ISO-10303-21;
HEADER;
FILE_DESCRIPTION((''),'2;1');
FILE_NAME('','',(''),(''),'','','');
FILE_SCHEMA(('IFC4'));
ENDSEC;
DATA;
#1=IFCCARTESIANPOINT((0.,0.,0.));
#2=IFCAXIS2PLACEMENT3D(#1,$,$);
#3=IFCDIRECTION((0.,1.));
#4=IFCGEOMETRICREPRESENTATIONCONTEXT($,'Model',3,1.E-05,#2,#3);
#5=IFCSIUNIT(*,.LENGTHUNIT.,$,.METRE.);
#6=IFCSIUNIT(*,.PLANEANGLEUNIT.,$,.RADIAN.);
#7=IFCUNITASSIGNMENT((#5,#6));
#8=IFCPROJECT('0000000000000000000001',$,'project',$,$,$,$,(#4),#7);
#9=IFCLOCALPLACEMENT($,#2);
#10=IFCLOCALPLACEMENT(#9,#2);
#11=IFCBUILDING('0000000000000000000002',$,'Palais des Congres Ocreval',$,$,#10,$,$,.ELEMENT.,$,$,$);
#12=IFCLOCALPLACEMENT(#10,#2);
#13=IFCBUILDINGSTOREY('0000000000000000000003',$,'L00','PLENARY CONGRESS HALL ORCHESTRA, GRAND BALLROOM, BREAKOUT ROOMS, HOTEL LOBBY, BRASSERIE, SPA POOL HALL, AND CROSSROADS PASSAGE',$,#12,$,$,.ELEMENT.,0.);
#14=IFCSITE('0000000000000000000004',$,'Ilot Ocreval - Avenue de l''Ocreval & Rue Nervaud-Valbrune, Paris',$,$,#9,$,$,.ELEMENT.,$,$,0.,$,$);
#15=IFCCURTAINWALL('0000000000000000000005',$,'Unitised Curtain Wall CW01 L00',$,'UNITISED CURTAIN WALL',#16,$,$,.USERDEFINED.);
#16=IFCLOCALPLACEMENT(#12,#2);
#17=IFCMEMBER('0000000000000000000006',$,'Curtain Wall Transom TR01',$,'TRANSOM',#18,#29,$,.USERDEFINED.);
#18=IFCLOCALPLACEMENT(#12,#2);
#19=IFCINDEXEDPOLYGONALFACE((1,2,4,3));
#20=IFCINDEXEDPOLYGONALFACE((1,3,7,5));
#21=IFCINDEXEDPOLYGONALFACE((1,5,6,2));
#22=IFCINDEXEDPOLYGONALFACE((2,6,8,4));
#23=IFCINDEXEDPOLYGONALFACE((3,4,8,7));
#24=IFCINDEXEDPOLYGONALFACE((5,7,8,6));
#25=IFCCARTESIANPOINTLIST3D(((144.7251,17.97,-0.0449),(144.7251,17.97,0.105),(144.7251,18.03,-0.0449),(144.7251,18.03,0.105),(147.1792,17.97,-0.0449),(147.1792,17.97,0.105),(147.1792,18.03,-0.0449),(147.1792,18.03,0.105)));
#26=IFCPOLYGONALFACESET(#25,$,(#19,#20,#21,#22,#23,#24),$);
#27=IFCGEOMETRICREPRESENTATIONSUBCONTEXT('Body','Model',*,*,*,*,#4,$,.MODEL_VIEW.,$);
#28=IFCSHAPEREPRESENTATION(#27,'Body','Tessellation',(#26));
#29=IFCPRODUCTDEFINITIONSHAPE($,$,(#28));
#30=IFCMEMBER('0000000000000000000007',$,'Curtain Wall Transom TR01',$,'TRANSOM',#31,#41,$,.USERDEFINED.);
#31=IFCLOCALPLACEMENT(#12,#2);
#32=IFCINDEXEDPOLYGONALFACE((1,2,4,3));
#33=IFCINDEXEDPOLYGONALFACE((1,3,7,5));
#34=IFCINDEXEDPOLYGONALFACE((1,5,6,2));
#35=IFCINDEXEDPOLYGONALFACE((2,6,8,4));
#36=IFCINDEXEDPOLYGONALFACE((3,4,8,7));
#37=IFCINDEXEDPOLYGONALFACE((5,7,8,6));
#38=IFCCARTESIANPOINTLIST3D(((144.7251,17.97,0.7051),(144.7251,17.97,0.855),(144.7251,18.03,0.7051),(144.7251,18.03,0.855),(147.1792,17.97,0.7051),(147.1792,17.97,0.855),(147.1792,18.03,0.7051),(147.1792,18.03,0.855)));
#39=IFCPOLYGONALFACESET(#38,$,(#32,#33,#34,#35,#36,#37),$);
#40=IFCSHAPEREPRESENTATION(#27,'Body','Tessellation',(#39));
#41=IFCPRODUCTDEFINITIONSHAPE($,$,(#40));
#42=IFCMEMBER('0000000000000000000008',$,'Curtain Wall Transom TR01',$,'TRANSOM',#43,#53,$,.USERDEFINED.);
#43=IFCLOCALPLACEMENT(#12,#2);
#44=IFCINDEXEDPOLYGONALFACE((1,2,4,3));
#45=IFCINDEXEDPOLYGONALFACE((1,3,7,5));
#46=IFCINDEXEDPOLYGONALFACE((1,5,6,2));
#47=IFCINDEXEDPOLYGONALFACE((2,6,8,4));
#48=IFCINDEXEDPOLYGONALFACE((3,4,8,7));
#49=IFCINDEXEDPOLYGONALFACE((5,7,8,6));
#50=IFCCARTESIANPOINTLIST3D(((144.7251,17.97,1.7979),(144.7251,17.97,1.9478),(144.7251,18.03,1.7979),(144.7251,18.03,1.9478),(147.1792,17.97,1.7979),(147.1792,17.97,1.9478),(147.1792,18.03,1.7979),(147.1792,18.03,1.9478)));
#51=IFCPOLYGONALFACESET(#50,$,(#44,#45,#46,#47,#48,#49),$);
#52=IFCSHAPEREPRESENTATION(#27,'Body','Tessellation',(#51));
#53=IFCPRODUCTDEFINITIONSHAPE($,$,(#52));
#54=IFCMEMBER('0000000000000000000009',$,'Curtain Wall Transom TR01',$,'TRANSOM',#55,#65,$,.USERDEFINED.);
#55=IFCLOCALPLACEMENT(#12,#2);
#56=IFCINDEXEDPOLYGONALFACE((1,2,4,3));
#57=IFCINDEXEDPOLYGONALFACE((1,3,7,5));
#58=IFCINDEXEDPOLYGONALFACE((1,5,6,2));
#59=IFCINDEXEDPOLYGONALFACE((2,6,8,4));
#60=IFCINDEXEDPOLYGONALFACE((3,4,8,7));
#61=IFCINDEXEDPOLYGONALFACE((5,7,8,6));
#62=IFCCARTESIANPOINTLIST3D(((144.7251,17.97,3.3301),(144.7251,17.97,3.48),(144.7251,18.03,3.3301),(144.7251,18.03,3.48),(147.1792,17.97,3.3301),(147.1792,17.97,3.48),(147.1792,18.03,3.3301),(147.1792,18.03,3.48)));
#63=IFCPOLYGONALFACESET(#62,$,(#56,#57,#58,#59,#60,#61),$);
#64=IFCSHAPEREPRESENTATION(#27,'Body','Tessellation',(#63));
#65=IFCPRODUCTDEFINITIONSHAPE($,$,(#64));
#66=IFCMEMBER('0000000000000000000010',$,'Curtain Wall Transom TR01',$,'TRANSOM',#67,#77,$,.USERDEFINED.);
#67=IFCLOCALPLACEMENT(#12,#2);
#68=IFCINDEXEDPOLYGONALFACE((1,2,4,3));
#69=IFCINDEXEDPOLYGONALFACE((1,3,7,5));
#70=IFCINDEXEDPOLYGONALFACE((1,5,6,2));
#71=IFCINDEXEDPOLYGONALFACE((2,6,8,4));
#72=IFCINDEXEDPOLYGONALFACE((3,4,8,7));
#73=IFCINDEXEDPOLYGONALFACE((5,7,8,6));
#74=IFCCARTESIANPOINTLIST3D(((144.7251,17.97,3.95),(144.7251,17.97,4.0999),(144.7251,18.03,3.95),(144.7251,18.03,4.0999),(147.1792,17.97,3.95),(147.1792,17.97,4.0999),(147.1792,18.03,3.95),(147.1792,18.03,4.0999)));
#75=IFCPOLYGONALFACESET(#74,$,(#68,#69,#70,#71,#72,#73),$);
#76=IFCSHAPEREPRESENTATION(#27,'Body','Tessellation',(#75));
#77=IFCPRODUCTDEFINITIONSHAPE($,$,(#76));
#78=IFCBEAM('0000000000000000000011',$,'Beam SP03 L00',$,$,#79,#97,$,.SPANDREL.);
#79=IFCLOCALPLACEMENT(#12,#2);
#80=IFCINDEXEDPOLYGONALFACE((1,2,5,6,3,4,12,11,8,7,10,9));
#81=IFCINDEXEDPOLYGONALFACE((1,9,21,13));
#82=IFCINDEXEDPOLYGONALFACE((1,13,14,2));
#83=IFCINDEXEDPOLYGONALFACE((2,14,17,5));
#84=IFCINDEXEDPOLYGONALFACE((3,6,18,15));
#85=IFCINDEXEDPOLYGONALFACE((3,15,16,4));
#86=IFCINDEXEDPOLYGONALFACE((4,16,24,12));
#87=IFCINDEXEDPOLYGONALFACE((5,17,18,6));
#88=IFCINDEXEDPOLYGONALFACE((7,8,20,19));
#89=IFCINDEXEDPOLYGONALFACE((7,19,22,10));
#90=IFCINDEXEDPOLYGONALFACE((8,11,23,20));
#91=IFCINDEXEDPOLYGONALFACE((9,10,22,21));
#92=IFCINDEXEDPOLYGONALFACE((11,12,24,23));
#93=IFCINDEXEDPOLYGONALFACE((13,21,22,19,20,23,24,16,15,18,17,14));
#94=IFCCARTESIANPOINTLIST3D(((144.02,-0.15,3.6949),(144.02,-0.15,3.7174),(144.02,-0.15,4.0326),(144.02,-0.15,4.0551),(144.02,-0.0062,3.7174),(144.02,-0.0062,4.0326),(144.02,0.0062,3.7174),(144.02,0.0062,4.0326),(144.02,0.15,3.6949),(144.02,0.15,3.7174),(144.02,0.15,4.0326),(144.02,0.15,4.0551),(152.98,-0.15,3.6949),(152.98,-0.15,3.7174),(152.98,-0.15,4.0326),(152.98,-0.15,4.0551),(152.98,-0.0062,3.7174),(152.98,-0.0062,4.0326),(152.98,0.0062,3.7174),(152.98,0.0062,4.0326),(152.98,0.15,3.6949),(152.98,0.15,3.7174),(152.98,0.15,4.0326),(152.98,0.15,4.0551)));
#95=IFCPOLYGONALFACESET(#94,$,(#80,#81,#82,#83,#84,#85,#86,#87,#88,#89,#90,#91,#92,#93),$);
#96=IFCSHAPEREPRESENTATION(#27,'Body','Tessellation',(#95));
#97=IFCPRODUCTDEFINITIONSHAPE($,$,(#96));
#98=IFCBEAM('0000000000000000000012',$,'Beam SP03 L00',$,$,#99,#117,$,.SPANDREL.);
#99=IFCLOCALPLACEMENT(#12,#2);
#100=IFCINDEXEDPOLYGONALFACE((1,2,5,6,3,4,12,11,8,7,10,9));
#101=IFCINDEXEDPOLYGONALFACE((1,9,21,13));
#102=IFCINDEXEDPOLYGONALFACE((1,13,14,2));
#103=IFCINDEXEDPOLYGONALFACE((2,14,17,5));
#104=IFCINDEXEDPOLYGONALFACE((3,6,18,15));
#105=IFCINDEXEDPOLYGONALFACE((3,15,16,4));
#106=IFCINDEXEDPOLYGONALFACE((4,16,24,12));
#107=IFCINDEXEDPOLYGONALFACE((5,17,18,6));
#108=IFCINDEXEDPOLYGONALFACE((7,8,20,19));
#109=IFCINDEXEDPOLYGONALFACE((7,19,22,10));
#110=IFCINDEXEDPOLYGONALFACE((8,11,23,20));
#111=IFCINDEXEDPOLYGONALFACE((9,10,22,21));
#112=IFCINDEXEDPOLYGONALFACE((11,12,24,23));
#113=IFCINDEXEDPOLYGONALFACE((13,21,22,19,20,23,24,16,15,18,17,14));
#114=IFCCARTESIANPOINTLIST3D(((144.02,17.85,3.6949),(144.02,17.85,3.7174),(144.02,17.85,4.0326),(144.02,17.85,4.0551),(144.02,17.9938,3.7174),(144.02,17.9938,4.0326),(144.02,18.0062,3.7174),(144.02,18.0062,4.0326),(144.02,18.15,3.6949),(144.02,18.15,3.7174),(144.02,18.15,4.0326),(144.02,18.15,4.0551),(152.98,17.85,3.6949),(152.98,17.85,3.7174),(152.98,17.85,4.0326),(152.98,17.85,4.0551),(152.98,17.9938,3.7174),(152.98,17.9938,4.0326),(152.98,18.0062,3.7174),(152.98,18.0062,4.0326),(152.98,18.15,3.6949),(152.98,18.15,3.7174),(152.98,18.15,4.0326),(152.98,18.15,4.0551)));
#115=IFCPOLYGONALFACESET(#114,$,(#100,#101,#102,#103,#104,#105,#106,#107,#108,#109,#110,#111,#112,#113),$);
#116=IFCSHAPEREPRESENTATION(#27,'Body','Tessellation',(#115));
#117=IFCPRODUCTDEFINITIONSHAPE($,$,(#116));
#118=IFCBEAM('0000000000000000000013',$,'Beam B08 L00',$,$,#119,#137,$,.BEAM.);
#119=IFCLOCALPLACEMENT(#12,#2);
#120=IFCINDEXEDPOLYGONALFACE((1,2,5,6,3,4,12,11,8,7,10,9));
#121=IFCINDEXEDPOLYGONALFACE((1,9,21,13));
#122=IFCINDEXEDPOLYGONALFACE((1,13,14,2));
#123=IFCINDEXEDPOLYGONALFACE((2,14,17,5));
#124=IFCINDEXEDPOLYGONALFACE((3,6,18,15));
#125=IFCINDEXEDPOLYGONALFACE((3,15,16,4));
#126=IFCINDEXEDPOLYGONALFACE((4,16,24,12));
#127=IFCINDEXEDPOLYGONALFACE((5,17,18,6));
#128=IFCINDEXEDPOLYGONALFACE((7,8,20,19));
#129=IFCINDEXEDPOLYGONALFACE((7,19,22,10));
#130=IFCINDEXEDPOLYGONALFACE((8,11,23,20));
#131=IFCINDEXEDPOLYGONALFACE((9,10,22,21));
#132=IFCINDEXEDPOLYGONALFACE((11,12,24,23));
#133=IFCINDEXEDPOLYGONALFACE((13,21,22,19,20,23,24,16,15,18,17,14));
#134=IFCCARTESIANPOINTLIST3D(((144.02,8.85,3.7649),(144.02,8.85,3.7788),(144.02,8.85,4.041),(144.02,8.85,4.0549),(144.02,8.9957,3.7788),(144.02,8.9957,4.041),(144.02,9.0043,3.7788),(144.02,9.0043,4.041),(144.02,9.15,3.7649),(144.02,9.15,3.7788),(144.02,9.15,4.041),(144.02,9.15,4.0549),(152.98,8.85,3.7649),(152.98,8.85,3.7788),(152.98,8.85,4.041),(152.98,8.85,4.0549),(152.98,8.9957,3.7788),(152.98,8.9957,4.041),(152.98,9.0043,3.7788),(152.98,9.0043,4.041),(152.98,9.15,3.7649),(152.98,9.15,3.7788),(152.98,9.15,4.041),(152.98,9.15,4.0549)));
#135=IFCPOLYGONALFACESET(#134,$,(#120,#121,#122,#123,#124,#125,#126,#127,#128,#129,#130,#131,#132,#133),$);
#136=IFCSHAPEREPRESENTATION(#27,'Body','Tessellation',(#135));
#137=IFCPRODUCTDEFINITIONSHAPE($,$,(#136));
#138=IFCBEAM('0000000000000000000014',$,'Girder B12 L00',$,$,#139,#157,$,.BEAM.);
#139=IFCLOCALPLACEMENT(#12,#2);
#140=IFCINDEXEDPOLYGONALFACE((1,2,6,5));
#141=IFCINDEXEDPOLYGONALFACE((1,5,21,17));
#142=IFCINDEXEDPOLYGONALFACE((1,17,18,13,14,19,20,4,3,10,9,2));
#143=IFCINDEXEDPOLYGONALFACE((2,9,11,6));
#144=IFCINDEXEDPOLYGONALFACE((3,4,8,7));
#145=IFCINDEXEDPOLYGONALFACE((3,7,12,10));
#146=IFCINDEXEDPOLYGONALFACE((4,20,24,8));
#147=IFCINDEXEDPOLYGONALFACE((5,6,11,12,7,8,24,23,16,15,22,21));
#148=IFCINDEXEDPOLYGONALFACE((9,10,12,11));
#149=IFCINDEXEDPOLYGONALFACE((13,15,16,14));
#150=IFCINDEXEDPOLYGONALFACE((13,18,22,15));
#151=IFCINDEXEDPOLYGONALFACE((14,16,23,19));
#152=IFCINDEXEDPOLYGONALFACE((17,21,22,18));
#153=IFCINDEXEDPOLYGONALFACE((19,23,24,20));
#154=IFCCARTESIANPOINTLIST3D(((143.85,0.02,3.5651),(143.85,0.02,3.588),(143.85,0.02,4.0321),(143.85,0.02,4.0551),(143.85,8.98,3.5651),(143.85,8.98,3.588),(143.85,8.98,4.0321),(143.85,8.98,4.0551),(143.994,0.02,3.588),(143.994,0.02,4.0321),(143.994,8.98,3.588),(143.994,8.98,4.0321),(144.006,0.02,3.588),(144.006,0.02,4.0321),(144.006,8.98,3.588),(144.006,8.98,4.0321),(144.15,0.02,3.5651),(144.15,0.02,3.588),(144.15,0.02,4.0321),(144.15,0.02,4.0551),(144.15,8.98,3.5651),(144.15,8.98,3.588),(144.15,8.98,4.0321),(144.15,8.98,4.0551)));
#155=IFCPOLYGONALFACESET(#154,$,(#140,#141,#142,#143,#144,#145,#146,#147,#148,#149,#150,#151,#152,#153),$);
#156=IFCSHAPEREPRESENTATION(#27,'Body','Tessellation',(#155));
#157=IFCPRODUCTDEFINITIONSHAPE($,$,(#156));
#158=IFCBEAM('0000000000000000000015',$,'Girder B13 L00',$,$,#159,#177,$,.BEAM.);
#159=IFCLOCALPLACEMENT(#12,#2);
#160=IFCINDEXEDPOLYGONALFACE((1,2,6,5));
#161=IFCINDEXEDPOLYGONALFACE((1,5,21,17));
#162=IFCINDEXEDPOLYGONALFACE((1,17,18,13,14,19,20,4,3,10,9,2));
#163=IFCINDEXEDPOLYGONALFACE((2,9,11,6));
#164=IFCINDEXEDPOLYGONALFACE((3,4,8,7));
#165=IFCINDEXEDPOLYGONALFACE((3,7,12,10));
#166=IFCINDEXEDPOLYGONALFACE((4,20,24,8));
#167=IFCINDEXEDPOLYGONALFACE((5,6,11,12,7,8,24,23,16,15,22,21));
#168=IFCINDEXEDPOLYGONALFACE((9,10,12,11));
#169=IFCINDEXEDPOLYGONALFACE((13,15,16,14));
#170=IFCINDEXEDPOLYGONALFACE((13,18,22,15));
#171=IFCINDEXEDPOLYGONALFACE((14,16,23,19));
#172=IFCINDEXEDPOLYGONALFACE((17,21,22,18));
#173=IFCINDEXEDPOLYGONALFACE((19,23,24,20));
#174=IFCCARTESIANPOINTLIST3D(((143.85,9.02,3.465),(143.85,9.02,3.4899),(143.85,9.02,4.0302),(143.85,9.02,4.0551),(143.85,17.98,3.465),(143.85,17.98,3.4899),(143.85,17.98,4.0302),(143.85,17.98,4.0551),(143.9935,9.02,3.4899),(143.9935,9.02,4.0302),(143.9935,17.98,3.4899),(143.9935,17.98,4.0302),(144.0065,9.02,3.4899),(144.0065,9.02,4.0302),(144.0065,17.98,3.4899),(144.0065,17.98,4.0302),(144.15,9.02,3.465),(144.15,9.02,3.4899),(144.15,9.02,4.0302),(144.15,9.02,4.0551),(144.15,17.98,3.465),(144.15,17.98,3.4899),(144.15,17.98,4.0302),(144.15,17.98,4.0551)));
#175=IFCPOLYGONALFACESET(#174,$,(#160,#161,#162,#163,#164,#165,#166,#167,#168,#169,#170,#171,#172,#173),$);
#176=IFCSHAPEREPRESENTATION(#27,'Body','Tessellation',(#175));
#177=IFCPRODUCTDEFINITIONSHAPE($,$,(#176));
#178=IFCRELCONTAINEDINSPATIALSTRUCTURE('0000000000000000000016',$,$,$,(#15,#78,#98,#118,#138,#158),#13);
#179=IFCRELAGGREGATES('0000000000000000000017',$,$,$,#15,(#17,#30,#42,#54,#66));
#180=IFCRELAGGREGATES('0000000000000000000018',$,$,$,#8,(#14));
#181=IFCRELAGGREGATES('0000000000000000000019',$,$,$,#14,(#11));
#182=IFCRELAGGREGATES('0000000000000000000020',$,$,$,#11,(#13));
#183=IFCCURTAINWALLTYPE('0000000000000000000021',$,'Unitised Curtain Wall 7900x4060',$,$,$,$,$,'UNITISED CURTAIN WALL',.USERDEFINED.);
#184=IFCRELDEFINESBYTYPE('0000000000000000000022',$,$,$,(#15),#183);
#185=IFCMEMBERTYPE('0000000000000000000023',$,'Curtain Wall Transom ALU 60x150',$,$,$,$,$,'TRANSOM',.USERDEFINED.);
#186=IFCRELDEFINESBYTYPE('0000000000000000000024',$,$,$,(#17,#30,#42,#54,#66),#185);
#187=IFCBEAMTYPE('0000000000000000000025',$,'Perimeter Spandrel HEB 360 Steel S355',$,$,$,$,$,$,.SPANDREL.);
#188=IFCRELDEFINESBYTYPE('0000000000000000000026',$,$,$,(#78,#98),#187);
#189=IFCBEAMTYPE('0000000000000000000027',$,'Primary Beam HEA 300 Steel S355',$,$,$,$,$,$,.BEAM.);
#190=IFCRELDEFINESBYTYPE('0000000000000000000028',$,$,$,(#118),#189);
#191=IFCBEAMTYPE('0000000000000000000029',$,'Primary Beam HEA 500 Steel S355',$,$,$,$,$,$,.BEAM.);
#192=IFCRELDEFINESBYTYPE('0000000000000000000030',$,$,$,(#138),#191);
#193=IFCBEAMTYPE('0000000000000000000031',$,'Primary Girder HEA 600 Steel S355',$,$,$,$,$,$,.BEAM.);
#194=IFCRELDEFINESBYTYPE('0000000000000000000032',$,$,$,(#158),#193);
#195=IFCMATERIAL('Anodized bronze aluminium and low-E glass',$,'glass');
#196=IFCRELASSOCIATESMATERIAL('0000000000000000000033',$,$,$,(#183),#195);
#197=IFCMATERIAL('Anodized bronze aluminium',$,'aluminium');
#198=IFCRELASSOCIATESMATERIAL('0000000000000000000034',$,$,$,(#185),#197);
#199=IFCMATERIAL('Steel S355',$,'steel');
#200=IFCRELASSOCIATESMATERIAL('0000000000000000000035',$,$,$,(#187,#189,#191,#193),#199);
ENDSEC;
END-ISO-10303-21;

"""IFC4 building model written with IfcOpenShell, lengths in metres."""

from ifc_helpers import new_model, si_unit, direction, frame, origin, origin_2d, place, context, subcontext, project, spatial, rectangle, i_section, extrude, material, material_profile, profile_set, type_object, element, aggregate, save


model = new_model("IFC4")

# Units and contexts
model_context = context("Model", 3, precision=1e-05, world=origin(), true_north=direction((0.0, 1.0)))
body_context = subcontext(model_context, "Body", "Model", "MODEL_VIEW")
ifc_project = project(units=[si_unit("LENGTHUNIT", "METRE"), si_unit("PLANEANGLEUNIT", "RADIAN")], contexts=[model_context])

# Site, building, storey
site_placement = place(None, origin())
site = spatial("IfcSite", under=ifc_project, at=site_placement, Name="Ilot Ocreval - Avenue de l'Ocreval & Rue Nervaud-Valbrune, Paris", CompositionType="ELEMENT", RefElevation=0.0)
building_placement = place(site_placement, origin())
building = spatial("IfcBuilding", under=site, at=building_placement, Name="Palais des Congres Ocreval", CompositionType="ELEMENT")
storey_placement = place(building_placement, origin())
storey = spatial("IfcBuildingStorey", under=building, at=storey_placement, Name="L00", Description="PLENARY CONGRESS HALL ORCHESTRA, GRAND BALLROOM, BREAKOUT ROOMS, HOTEL LOBBY, BRASSERIE, SPA POOL HALL, AND CROSSROADS PASSAGE", CompositionType="ELEMENT", Elevation=0.0)

# Shared definitions
ifc_material_1 = material(Name="Steel S355", Category="steel")

# Shared definitions
ifc_material_2 = material(Name="Anodized bronze aluminium and low-E glass", Category="glass")
curtain_wall_type = type_object("IfcCurtainWallType", Name="Unitised Curtain Wall 7900x4060", ElementType="UNITISED CURTAIN WALL", PredefinedType="USERDEFINED", material=ifc_material_2)
ifc_material_3 = material(Name="Anodized bronze aluminium", Category="aluminium")

# Curtain wall
curtain_wall_1_placement = place(storey_placement, origin())
curtain_wall_1 = element("IfcCurtainWall", 1, at=curtain_wall_1_placement, inside=storey, type_object=curtain_wall_type, Name="Unitised Curtain Wall CW01 L00", ObjectType="UNITISED CURTAIN WALL", PredefinedType="USERDEFINED")

# Members
ifc_material_profile_1 = material_profile(ifc_material_3, rectangle(XDim=0.0601, YDim=0.1499, at=origin_2d()), Name="ALU 60x150")
ifc_profile_set_1 = profile_set([ifc_material_profile_1], Name="Anodized bronze aluminium")
member_type_1 = type_object("IfcMemberType", Name="Curtain Wall Transom ALU 60x150", ElementType="TRANSOM", PredefinedType="USERDEFINED", material=ifc_profile_set_1)
member_1_placement = place(storey_placement, frame((144.7251, 18.0, 0.03), z_axis=(1.0, 0.0, 0.0), x_axis=(0.0, 1.0, 0.0)))
member_1 = element("IfcMember", 2, at=member_1_placement, type_object=member_type_1, Name="Curtain Wall Transom TR01", ObjectType="TRANSOM", PredefinedType="USERDEFINED", context=body_context, shape_type="SweptSolid", body=[
    extrude(rectangle(XDim=0.0601, YDim=0.1499, at=origin_2d()), origin(), (0.0, 0.0, 1.0), 2.4541),
])
member_2_placement = place(storey_placement, frame((144.7251, 18.0, 0.78), z_axis=(1.0, 0.0, 0.0), x_axis=(0.0, 1.0, 0.0)))
member_2 = element("IfcMember", 3, at=member_2_placement, type_object=member_type_1, Name="Curtain Wall Transom TR01", ObjectType="TRANSOM", PredefinedType="USERDEFINED", context=body_context, shape_type="SweptSolid", body=[
    extrude(rectangle(XDim=0.0601, YDim=0.1499, at=origin_2d()), origin(), (0.0, 0.0, 1.0), 2.4541),
])
member_3_placement = place(storey_placement, frame((144.7251, 18.0, 1.8728), z_axis=(1.0, 0.0, 0.0), x_axis=(0.0, 1.0, 0.0)))
member_3 = element("IfcMember", 4, at=member_3_placement, type_object=member_type_1, Name="Curtain Wall Transom TR01", ObjectType="TRANSOM", PredefinedType="USERDEFINED", context=body_context, shape_type="SweptSolid", body=[
    extrude(rectangle(XDim=0.0601, YDim=0.1499, at=origin_2d()), origin(), (0.0, 0.0, 1.0), 2.4541),
])
member_4_placement = place(storey_placement, frame((144.7251, 18.0, 3.405), z_axis=(1.0, 0.0, 0.0), x_axis=(0.0, 1.0, 0.0)))
member_4 = element("IfcMember", 5, at=member_4_placement, type_object=member_type_1, Name="Curtain Wall Transom TR01", ObjectType="TRANSOM", PredefinedType="USERDEFINED", context=body_context, shape_type="SweptSolid", body=[
    extrude(rectangle(XDim=0.0601, YDim=0.1499, at=origin_2d()), origin(), (0.0, 0.0, 1.0), 2.4541),
])
member_5_placement = place(storey_placement, frame((144.7251, 18.0, 4.0249), z_axis=(1.0, 0.0, 0.0), x_axis=(0.0, 1.0, 0.0)))
member_5 = element("IfcMember", 6, at=member_5_placement, type_object=member_type_1, Name="Curtain Wall Transom TR01", ObjectType="TRANSOM", PredefinedType="USERDEFINED", context=body_context, shape_type="SweptSolid", body=[
    extrude(rectangle(XDim=0.0601, YDim=0.1499, at=origin_2d()), origin(), (0.0, 0.0, 1.0), 2.4541),
])

# Beams
ifc_material_profile_2 = material_profile(ifc_material_1, i_section(OverallWidth=0.3, OverallDepth=0.3601, WebThickness=0.0125, FlangeThickness=0.0225, at=origin_2d()), Name="HEB 360")
ifc_profile_set_2 = profile_set([ifc_material_profile_2], Name="Steel S355")
beam_type_1 = type_object("IfcBeamType", Name="Perimeter Spandrel HEB 360 Steel S355", PredefinedType="SPANDREL", material=ifc_profile_set_2)
for number, where, z_axis, x_axis, name in (
    (7, (144.02, 0.0, 3.875), (1.0, 0.0, 0.0), (0.0, 1.0, 0.0), "Beam SP03 L00"),
    (8, (144.02, 18.0, 3.875), (1.0, 0.0, 0.0), (0.0, 1.0, 0.0), "Beam SP03 L00"),
):
    element("IfcBeam", number, at=place(storey_placement, frame(where, z_axis=z_axis, x_axis=x_axis)), inside=storey, type_object=beam_type_1, Name=name, PredefinedType="SPANDREL", context=body_context, shape_type="SweptSolid", body=[
        extrude(i_section(OverallWidth=0.3, OverallDepth=0.3601, WebThickness=0.0125, FlangeThickness=0.0225, at=origin_2d()), origin(), (0.0, 0.0, 1.0), 8.96),
    ])
ifc_material_profile_3 = material_profile(ifc_material_1, i_section(OverallWidth=0.3, OverallDepth=0.29, WebThickness=0.0085, FlangeThickness=0.0139, at=origin_2d()), Name="HEA 300")
ifc_profile_set_3 = profile_set([ifc_material_profile_3], Name="Steel S355")
beam_type_2 = type_object("IfcBeamType", Name="Primary Beam HEA 300 Steel S355", PredefinedType="BEAM", material=ifc_profile_set_3)
beam_1_placement = place(storey_placement, frame((144.02, 9.0, 3.9099), z_axis=(1.0, 0.0, 0.0), x_axis=(0.0, 1.0, 0.0)))
element("IfcBeam", 9, at=beam_1_placement, inside=storey, type_object=beam_type_2, Name="Beam B08 L00", PredefinedType="BEAM", context=body_context, shape_type="SweptSolid", body=[
    extrude(i_section(OverallWidth=0.3, OverallDepth=0.29, WebThickness=0.0085, FlangeThickness=0.0139, at=origin_2d()), origin(), (0.0, 0.0, 1.0), 8.96),
])
ifc_material_profile_4 = material_profile(ifc_material_1, i_section(OverallWidth=0.3, OverallDepth=0.49, WebThickness=0.012, FlangeThickness=0.0229, at=origin_2d()), Name="HEA 500")
ifc_profile_set_4 = profile_set([ifc_material_profile_4], Name="Steel S355")
beam_type_3 = type_object("IfcBeamType", Name="Primary Beam HEA 500 Steel S355", PredefinedType="BEAM", material=ifc_profile_set_4)
beam_2_placement = place(storey_placement, frame((144.0, 0.02, 3.8101), z_axis=(0.0, 1.0, 0.0), x_axis=(-1.0, 0.0, 0.0)))
element("IfcBeam", 10, at=beam_2_placement, inside=storey, type_object=beam_type_3, Name="Girder B12 L00", PredefinedType="BEAM", context=body_context, shape_type="SweptSolid", body=[
    extrude(i_section(OverallWidth=0.3, OverallDepth=0.49, WebThickness=0.012, FlangeThickness=0.0229, at=origin_2d()), origin(), (0.0, 0.0, 1.0), 8.96),
])
ifc_material_profile_5 = material_profile(ifc_material_1, i_section(OverallWidth=0.3, OverallDepth=0.5901, WebThickness=0.0129, FlangeThickness=0.0249, at=origin_2d()), Name="HEA 600")
ifc_profile_set_5 = profile_set([ifc_material_profile_5], Name="Steel S355")
beam_type_4 = type_object("IfcBeamType", Name="Primary Girder HEA 600 Steel S355", PredefinedType="BEAM", material=ifc_profile_set_5)
beam_3_placement = place(storey_placement, frame((144.0, 9.02, 3.76), z_axis=(0.0, 1.0, 0.0), x_axis=(-1.0, 0.0, 0.0)))
element("IfcBeam", 11, at=beam_3_placement, inside=storey, type_object=beam_type_4, Name="Girder B13 L00", PredefinedType="BEAM", context=body_context, shape_type="SweptSolid", body=[
    extrude(i_section(OverallWidth=0.3, OverallDepth=0.5901, WebThickness=0.0129, FlangeThickness=0.0249, at=origin_2d()), origin(), (0.0, 0.0, 1.0), 8.96),
])

aggregate(curtain_wall_1, [member_1, member_2, member_3, member_4, member_5])

save(model, "model.ifc")
